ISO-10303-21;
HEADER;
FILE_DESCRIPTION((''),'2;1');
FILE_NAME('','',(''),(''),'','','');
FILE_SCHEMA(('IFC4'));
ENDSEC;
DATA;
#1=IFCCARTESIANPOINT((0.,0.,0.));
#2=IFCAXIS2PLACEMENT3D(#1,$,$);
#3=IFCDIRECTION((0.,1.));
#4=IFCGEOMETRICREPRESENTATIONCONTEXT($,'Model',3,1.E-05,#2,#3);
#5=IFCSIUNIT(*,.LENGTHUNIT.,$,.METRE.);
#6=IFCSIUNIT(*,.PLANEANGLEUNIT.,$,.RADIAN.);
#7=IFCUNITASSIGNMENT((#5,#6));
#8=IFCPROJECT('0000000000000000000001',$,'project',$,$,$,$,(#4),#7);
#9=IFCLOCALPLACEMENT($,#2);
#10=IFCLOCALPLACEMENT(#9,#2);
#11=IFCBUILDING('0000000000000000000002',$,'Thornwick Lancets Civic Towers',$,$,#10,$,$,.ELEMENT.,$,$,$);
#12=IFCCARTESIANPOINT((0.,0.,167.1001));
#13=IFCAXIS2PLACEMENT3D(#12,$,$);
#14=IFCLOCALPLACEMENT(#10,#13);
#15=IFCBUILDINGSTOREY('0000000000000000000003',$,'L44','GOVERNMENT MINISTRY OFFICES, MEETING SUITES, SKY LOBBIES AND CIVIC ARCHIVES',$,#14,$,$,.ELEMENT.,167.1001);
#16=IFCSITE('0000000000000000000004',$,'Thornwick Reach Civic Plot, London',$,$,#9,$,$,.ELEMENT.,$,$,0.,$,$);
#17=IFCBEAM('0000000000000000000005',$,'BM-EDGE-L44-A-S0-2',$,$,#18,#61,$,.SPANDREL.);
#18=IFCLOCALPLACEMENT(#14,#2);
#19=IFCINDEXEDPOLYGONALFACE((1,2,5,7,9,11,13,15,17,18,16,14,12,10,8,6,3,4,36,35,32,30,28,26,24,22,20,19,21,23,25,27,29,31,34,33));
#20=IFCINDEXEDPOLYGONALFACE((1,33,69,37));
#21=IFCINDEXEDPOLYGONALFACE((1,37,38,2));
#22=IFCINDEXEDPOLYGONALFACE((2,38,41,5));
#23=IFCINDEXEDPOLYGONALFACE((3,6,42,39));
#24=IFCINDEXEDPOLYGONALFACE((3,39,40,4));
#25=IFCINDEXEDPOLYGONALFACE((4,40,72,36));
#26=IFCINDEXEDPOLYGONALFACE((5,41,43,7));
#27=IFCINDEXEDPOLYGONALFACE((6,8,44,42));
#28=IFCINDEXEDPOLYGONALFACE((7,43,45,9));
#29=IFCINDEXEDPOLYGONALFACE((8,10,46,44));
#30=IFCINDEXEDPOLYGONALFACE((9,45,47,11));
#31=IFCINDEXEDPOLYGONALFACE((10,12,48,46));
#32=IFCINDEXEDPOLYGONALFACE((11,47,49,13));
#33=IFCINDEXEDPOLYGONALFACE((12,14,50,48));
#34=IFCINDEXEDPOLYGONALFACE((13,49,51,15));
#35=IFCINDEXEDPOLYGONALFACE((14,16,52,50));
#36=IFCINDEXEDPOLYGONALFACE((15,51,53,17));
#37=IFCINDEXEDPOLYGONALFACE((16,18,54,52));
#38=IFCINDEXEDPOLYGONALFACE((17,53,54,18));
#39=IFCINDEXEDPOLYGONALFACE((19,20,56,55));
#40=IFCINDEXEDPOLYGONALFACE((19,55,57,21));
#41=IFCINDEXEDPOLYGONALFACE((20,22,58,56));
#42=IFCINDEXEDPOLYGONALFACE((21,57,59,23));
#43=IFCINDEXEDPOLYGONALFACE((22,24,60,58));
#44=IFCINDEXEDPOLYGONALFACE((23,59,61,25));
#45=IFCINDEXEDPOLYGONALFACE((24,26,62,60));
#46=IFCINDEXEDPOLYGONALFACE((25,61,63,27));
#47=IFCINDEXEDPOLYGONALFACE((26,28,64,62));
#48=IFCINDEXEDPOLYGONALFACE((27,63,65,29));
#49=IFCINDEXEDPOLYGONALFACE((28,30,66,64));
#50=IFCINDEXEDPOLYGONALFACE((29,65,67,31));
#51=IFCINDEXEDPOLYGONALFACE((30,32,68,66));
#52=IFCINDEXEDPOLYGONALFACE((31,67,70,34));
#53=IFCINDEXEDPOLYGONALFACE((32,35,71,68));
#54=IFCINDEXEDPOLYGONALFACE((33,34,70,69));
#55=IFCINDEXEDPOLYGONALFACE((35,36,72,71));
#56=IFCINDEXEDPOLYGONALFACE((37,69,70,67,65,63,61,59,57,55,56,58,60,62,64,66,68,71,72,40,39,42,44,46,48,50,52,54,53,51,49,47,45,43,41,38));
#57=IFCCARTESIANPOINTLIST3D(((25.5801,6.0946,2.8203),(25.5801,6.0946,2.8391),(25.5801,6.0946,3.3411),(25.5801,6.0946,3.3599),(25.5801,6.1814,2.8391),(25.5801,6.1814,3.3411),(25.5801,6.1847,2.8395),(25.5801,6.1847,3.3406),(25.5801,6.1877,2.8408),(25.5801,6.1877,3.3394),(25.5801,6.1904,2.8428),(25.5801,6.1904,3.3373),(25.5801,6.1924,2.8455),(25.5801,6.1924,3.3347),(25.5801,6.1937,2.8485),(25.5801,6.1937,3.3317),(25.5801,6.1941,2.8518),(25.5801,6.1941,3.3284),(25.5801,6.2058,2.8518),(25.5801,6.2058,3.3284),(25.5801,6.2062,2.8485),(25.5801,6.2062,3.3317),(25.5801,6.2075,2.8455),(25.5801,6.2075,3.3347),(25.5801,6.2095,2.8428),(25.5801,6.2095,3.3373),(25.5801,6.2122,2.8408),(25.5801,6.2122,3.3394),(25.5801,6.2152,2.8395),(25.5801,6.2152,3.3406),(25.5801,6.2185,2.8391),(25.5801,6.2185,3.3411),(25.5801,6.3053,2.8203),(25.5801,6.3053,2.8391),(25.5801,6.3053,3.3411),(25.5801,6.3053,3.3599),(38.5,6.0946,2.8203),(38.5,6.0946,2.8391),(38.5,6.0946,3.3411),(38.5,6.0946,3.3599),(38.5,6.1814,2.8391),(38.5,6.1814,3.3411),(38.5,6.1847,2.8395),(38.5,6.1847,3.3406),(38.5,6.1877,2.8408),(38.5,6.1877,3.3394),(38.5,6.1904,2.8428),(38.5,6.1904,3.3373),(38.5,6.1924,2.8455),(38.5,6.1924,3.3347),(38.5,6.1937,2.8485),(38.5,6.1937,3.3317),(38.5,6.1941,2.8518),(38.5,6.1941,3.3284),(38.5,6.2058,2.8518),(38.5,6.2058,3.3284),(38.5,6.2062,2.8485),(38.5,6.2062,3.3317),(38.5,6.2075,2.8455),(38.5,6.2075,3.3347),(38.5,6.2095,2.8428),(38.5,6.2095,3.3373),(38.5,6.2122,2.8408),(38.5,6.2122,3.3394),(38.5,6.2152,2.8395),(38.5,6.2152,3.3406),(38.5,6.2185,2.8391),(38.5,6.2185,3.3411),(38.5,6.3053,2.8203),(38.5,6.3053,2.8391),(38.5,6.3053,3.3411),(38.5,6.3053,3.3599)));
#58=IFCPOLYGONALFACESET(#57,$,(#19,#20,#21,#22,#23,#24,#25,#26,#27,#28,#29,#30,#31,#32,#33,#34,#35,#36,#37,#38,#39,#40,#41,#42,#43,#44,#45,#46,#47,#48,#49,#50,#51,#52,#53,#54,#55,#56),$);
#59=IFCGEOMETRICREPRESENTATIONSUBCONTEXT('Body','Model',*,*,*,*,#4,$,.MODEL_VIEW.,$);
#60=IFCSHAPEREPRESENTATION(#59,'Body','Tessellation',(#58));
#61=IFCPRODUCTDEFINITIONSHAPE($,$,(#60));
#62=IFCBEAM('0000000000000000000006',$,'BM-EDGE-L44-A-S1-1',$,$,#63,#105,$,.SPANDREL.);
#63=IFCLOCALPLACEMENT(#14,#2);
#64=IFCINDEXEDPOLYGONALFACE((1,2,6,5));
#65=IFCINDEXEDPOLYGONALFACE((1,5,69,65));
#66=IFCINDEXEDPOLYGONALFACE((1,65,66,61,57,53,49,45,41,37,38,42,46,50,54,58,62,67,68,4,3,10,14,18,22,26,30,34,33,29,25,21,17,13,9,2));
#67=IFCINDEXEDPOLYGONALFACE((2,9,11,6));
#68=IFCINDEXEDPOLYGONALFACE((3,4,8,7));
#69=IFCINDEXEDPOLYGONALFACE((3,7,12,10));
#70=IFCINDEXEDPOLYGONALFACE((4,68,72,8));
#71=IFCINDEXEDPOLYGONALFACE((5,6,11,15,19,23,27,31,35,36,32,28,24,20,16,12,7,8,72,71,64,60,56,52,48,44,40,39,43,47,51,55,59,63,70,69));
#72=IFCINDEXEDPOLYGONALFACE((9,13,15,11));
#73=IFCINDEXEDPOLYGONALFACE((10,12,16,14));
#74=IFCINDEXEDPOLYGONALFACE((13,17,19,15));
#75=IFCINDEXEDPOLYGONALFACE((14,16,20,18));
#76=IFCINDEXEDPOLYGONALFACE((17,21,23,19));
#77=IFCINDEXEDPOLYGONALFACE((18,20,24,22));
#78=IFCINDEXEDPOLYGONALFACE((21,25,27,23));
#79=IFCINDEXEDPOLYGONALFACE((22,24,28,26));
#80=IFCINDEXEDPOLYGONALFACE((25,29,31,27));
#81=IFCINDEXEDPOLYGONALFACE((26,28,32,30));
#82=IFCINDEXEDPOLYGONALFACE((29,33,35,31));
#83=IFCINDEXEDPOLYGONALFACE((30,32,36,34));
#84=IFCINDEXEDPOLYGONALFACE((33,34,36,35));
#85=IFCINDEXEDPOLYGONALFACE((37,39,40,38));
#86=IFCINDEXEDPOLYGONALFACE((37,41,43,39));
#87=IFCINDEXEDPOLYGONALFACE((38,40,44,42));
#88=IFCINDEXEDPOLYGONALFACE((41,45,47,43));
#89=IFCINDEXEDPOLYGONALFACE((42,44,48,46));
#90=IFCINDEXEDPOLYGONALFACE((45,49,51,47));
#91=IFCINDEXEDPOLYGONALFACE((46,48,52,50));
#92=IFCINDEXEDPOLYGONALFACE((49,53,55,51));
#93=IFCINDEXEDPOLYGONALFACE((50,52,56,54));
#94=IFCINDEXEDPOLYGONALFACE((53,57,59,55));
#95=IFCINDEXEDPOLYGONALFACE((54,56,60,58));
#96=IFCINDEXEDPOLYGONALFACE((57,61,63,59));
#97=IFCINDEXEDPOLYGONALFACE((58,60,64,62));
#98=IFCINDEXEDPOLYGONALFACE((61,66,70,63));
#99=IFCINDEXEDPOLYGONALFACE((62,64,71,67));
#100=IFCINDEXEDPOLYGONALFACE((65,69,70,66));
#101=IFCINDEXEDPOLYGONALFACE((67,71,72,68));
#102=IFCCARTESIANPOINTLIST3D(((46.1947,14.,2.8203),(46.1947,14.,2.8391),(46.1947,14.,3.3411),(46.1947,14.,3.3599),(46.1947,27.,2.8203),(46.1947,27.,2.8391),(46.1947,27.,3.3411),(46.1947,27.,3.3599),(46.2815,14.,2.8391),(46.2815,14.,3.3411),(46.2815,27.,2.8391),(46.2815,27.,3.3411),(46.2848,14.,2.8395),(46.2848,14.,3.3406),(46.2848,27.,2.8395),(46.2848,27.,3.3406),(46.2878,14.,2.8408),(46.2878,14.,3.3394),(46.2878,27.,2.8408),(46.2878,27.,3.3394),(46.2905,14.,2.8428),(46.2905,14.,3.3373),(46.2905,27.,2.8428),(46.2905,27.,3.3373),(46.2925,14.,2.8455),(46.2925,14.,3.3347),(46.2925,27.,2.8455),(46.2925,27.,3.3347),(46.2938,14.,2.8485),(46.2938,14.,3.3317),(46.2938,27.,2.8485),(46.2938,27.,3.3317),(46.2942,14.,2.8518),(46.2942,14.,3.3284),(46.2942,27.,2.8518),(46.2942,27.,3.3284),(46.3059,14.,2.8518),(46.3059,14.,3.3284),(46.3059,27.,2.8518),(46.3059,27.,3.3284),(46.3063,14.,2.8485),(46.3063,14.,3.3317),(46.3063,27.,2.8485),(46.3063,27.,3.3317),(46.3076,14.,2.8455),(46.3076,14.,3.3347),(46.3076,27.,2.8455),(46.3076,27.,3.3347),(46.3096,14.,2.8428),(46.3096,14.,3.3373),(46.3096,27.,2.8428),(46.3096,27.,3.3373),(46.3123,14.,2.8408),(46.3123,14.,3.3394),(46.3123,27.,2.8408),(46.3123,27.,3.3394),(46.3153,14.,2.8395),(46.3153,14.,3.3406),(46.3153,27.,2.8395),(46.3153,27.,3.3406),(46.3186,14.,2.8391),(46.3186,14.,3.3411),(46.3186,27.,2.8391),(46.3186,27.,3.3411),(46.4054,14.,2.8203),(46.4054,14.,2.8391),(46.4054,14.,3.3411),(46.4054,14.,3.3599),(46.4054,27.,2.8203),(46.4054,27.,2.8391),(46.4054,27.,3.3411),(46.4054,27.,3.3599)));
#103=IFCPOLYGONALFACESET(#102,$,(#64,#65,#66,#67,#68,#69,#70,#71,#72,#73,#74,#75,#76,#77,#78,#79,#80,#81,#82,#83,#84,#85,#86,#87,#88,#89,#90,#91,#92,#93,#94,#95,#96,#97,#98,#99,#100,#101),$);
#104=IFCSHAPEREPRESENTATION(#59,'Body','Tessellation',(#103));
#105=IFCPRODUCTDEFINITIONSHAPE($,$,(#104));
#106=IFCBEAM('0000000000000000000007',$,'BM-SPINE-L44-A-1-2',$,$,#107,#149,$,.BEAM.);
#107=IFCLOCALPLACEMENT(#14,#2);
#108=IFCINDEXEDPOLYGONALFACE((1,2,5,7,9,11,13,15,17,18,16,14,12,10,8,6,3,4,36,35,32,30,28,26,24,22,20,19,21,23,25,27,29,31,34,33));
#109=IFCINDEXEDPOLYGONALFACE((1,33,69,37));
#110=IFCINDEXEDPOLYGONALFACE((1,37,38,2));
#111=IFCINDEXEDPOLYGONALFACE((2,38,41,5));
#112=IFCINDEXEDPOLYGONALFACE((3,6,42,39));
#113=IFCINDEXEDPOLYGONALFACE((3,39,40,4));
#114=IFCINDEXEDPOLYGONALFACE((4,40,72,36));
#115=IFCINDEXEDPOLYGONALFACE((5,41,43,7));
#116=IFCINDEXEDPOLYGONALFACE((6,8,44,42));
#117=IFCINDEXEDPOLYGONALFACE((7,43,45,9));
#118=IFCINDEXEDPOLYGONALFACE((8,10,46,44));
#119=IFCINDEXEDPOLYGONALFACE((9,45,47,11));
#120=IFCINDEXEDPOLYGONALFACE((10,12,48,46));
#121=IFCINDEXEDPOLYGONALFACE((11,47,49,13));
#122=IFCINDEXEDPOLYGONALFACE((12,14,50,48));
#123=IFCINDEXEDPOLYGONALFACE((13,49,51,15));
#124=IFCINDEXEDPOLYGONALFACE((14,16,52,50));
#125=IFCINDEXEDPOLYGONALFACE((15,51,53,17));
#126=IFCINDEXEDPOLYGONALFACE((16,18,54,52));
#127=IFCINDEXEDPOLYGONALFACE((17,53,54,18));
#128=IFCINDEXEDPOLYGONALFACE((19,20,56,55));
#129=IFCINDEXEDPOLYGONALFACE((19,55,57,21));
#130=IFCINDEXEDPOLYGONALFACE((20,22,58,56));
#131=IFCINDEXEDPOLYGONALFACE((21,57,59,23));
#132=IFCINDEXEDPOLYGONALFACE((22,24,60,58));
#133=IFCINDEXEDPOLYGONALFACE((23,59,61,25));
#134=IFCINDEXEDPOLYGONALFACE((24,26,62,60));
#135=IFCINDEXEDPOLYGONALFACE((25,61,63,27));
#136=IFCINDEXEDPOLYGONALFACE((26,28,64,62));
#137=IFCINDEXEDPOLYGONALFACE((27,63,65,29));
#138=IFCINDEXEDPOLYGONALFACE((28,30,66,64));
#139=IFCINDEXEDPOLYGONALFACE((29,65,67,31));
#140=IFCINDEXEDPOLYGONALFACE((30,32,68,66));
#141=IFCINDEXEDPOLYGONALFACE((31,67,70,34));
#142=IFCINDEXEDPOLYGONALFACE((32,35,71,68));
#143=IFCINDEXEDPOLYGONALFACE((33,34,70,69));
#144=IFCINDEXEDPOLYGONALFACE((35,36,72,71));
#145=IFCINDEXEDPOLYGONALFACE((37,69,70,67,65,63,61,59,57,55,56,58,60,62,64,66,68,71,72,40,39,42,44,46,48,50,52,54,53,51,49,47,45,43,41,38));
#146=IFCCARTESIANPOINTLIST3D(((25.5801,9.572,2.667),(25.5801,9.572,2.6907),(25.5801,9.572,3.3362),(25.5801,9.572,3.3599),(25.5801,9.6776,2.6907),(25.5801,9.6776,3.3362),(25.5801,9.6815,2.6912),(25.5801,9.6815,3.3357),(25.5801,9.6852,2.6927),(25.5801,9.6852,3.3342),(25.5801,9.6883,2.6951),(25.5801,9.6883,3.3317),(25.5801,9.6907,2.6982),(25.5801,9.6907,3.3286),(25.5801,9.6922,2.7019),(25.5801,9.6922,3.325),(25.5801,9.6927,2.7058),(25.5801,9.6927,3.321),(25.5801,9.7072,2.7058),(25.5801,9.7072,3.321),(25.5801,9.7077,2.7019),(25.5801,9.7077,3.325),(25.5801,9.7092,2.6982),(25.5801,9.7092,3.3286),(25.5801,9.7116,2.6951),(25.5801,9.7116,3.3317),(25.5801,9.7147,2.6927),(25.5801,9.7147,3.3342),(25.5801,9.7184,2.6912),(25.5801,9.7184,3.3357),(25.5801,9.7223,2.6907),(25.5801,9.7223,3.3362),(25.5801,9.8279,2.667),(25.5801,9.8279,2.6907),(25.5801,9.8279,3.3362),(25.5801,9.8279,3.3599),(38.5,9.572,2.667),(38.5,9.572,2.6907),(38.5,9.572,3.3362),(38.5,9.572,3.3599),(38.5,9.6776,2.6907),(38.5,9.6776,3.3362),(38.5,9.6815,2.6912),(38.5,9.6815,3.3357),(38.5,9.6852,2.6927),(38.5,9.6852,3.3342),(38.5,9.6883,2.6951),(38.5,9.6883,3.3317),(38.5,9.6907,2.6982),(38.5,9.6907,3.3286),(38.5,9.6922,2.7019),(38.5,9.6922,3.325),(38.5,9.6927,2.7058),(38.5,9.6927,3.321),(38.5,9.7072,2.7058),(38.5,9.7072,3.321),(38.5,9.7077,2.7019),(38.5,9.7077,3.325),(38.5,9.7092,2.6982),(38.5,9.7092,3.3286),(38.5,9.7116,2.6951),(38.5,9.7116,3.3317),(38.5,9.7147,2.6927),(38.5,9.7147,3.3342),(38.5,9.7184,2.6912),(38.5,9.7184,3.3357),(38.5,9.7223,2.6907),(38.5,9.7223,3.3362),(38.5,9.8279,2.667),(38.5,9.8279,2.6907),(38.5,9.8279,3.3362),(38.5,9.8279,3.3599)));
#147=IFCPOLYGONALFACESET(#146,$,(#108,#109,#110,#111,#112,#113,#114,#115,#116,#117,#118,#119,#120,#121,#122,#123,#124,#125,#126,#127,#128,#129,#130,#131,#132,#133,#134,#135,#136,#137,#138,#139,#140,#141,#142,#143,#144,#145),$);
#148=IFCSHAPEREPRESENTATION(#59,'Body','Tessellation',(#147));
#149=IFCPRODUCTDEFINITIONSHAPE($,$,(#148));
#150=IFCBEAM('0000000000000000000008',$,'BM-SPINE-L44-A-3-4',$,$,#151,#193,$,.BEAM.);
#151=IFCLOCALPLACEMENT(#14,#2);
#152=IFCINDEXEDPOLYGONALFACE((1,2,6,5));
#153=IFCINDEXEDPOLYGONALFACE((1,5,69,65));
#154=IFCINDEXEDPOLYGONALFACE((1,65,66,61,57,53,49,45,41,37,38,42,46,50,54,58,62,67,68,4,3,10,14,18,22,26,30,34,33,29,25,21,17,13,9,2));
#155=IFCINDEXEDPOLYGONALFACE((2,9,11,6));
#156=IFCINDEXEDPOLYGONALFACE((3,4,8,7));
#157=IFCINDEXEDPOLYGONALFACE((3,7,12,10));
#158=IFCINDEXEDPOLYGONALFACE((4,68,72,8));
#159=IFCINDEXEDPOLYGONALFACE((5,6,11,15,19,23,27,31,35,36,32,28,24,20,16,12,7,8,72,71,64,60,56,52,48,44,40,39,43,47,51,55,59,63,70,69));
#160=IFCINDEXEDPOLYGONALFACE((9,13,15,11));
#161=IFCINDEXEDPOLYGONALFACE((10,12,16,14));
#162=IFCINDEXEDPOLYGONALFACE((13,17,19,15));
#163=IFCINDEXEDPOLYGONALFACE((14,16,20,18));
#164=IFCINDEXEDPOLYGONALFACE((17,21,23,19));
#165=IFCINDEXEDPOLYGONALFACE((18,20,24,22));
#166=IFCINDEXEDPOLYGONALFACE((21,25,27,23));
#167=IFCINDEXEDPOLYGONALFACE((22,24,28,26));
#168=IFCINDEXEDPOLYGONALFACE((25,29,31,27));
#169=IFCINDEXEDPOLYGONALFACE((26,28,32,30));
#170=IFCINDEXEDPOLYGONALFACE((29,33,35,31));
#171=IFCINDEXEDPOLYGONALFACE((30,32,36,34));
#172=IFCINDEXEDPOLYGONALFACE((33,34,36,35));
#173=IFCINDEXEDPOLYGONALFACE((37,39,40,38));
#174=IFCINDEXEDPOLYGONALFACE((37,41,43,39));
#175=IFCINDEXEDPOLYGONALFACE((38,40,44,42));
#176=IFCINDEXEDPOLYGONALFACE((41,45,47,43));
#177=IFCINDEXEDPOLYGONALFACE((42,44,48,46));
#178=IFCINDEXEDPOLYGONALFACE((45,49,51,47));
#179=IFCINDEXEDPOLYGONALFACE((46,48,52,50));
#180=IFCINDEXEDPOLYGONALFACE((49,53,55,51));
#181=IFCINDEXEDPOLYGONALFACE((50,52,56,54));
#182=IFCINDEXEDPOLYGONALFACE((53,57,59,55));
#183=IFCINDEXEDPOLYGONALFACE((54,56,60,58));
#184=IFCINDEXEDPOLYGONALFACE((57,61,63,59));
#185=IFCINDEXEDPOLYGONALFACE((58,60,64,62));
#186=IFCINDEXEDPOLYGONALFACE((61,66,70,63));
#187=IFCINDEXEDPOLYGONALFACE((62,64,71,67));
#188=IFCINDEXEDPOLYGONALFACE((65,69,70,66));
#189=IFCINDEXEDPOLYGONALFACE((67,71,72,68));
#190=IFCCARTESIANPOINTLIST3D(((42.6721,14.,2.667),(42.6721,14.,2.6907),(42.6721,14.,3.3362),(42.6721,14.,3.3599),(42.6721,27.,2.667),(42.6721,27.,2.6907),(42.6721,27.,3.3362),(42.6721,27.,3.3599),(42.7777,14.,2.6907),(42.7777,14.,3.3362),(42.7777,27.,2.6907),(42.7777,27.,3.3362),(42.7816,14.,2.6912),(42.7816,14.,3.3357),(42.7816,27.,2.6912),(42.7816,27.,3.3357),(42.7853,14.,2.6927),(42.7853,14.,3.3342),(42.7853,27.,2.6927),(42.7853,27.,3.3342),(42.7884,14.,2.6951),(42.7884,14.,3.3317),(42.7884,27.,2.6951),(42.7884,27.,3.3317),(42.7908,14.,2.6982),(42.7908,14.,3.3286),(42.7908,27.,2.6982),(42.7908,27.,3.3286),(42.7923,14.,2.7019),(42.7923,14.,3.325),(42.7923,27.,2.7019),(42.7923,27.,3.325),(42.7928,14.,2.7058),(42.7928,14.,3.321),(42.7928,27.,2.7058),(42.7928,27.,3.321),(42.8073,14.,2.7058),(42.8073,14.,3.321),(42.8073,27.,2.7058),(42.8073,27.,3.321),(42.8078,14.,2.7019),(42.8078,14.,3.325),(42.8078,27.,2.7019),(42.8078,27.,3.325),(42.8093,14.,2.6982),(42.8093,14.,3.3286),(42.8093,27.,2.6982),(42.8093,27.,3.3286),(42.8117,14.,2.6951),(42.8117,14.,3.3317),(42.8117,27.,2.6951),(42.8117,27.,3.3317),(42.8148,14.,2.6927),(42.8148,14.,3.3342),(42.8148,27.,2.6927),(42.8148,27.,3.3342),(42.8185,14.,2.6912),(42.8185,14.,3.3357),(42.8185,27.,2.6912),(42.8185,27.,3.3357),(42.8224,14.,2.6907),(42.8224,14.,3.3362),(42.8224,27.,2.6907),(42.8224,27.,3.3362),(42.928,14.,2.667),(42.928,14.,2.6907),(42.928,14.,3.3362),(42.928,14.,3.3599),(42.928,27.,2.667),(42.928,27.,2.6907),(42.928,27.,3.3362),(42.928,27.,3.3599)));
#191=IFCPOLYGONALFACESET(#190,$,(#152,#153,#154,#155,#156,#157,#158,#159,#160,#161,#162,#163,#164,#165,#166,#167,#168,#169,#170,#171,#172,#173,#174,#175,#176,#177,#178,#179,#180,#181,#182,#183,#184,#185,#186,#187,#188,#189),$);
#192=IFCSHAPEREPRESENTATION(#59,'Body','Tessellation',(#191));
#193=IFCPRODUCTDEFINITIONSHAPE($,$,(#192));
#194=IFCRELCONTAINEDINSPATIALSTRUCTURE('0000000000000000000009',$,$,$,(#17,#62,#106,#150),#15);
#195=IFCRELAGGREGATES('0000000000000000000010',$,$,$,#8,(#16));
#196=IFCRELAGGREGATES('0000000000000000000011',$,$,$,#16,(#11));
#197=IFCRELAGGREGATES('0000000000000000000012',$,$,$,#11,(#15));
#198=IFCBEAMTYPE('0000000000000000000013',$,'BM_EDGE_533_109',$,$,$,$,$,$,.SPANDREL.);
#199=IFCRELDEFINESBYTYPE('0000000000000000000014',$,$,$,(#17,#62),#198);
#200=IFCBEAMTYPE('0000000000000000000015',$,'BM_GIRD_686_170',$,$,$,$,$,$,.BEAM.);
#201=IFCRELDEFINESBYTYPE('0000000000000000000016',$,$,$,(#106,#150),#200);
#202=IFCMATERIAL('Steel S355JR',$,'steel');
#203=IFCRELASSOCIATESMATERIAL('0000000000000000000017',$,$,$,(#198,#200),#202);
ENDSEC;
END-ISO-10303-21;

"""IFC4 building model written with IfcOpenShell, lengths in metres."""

from ifc_helpers import new_model, si_unit, direction, frame, origin, origin_2d, place, context, subcontext, project, spatial, i_section, extrude, material, material_profile, profile_set, type_object, element, save


model = new_model("IFC4")

# Units and contexts
model_context = context("Model", 3, precision=1e-05, world=origin(), true_north=direction((0.0, 1.0)))
body_context = subcontext(model_context, "Body", "Model", "MODEL_VIEW")
ifc_project = project(units=[si_unit("LENGTHUNIT", "METRE"), si_unit("PLANEANGLEUNIT", "RADIAN")], contexts=[model_context])

# Site, building, storey
site_placement = place(None, origin())
site = spatial("IfcSite", under=ifc_project, at=site_placement, Name="Thornwick Reach Civic Plot, London", CompositionType="ELEMENT", RefElevation=0.0)
building_placement = place(site_placement, origin())
building = spatial("IfcBuilding", under=site, at=building_placement, Name="Thornwick Lancets Civic Towers", CompositionType="ELEMENT")
storey_placement = place(building_placement, frame((0.0, 0.0, 167.1001)))
storey = spatial("IfcBuildingStorey", under=building, at=storey_placement, Name="L44", Description="GOVERNMENT MINISTRY OFFICES, MEETING SUITES, SKY LOBBIES AND CIVIC ARCHIVES", CompositionType="ELEMENT", Elevation=167.1001)

# Beams
ifc_material_1 = material(Name="Steel S355JR", Category="steel")
ifc_material_profile_1 = material_profile(ifc_material_1, i_section(OverallWidth=0.2107, OverallDepth=0.5396, WebThickness=0.0117, FlangeThickness=0.0188, FilletRadius=0.0127, at=origin_2d()), Name="UKB 533x210x109")
ifc_profile_set_1 = profile_set([ifc_material_profile_1], Name="Steel S355JR")
beam_type_1 = type_object("IfcBeamType", Name="BM_EDGE_533_109", PredefinedType="SPANDREL", material=ifc_profile_set_1)
beam_1_placement = place(storey_placement, frame((25.5801, 6.2, 3.0901), z_axis=(1.0, 0.0, 0.0), x_axis=(0.0, 1.0, 0.0)))
element("IfcBeam", 1, at=beam_1_placement, inside=storey, type_object=beam_type_1, Name="BM-EDGE-L44-A-S0-2", PredefinedType="SPANDREL", context=body_context, shape_type="SweptSolid", body=[
    extrude(i_section(OverallWidth=0.2107, OverallDepth=0.5396, WebThickness=0.0117, FlangeThickness=0.0188, FilletRadius=0.0127, at=origin_2d()), origin(), (0.0, 0.0, 1.0), 12.9199),
])
beam_2_placement = place(storey_placement, frame((46.3, 14.0, 3.0901), z_axis=(0.0, 1.0, 0.0), x_axis=(-1.0, 0.0, 0.0)))
element("IfcBeam", 2, at=beam_2_placement, inside=storey, type_object=beam_type_1, Name="BM-EDGE-L44-A-S1-1", PredefinedType="SPANDREL", context=body_context, shape_type="SweptSolid", body=[
    extrude(i_section(OverallWidth=0.2107, OverallDepth=0.5396, WebThickness=0.0117, FlangeThickness=0.0188, FilletRadius=0.0127, at=origin_2d()), origin(), (0.0, 0.0, 1.0), 13.0),
])
ifc_material_profile_2 = material_profile(ifc_material_1, i_section(OverallWidth=0.2559, OverallDepth=0.6929, WebThickness=0.0144, FlangeThickness=0.0237, FilletRadius=0.0151, at=origin_2d()), Name="UKB 686x254x170")
ifc_profile_set_2 = profile_set([ifc_material_profile_2], Name="Steel S355JR")
beam_type_2 = type_object("IfcBeamType", Name="BM_GIRD_686_170", PredefinedType="BEAM", material=ifc_profile_set_2)
beam_3_placement = place(storey_placement, frame((25.5801, 9.7, 3.0134), z_axis=(1.0, 0.0, 0.0), x_axis=(0.0, 1.0, 0.0)))
element("IfcBeam", 3, at=beam_3_placement, inside=storey, type_object=beam_type_2, Name="BM-SPINE-L44-A-1-2", PredefinedType="BEAM", context=body_context, shape_type="SweptSolid", body=[
    extrude(i_section(OverallWidth=0.2559, OverallDepth=0.6929, WebThickness=0.0144, FlangeThickness=0.0237, FilletRadius=0.0151, at=origin_2d()), origin(), (0.0, 0.0, 1.0), 12.9199),
])
beam_4_placement = place(storey_placement, frame((42.8, 14.0, 3.0134), z_axis=(0.0, 1.0, 0.0), x_axis=(-1.0, 0.0, 0.0)))
element("IfcBeam", 4, at=beam_4_placement, inside=storey, type_object=beam_type_2, Name="BM-SPINE-L44-A-3-4", PredefinedType="BEAM", context=body_context, shape_type="SweptSolid", body=[
    extrude(i_section(OverallWidth=0.2559, OverallDepth=0.6929, WebThickness=0.0144, FlangeThickness=0.0237, FilletRadius=0.0151, at=origin_2d()), origin(), (0.0, 0.0, 1.0), 13.0),
])

save(model, "model.ifc")
